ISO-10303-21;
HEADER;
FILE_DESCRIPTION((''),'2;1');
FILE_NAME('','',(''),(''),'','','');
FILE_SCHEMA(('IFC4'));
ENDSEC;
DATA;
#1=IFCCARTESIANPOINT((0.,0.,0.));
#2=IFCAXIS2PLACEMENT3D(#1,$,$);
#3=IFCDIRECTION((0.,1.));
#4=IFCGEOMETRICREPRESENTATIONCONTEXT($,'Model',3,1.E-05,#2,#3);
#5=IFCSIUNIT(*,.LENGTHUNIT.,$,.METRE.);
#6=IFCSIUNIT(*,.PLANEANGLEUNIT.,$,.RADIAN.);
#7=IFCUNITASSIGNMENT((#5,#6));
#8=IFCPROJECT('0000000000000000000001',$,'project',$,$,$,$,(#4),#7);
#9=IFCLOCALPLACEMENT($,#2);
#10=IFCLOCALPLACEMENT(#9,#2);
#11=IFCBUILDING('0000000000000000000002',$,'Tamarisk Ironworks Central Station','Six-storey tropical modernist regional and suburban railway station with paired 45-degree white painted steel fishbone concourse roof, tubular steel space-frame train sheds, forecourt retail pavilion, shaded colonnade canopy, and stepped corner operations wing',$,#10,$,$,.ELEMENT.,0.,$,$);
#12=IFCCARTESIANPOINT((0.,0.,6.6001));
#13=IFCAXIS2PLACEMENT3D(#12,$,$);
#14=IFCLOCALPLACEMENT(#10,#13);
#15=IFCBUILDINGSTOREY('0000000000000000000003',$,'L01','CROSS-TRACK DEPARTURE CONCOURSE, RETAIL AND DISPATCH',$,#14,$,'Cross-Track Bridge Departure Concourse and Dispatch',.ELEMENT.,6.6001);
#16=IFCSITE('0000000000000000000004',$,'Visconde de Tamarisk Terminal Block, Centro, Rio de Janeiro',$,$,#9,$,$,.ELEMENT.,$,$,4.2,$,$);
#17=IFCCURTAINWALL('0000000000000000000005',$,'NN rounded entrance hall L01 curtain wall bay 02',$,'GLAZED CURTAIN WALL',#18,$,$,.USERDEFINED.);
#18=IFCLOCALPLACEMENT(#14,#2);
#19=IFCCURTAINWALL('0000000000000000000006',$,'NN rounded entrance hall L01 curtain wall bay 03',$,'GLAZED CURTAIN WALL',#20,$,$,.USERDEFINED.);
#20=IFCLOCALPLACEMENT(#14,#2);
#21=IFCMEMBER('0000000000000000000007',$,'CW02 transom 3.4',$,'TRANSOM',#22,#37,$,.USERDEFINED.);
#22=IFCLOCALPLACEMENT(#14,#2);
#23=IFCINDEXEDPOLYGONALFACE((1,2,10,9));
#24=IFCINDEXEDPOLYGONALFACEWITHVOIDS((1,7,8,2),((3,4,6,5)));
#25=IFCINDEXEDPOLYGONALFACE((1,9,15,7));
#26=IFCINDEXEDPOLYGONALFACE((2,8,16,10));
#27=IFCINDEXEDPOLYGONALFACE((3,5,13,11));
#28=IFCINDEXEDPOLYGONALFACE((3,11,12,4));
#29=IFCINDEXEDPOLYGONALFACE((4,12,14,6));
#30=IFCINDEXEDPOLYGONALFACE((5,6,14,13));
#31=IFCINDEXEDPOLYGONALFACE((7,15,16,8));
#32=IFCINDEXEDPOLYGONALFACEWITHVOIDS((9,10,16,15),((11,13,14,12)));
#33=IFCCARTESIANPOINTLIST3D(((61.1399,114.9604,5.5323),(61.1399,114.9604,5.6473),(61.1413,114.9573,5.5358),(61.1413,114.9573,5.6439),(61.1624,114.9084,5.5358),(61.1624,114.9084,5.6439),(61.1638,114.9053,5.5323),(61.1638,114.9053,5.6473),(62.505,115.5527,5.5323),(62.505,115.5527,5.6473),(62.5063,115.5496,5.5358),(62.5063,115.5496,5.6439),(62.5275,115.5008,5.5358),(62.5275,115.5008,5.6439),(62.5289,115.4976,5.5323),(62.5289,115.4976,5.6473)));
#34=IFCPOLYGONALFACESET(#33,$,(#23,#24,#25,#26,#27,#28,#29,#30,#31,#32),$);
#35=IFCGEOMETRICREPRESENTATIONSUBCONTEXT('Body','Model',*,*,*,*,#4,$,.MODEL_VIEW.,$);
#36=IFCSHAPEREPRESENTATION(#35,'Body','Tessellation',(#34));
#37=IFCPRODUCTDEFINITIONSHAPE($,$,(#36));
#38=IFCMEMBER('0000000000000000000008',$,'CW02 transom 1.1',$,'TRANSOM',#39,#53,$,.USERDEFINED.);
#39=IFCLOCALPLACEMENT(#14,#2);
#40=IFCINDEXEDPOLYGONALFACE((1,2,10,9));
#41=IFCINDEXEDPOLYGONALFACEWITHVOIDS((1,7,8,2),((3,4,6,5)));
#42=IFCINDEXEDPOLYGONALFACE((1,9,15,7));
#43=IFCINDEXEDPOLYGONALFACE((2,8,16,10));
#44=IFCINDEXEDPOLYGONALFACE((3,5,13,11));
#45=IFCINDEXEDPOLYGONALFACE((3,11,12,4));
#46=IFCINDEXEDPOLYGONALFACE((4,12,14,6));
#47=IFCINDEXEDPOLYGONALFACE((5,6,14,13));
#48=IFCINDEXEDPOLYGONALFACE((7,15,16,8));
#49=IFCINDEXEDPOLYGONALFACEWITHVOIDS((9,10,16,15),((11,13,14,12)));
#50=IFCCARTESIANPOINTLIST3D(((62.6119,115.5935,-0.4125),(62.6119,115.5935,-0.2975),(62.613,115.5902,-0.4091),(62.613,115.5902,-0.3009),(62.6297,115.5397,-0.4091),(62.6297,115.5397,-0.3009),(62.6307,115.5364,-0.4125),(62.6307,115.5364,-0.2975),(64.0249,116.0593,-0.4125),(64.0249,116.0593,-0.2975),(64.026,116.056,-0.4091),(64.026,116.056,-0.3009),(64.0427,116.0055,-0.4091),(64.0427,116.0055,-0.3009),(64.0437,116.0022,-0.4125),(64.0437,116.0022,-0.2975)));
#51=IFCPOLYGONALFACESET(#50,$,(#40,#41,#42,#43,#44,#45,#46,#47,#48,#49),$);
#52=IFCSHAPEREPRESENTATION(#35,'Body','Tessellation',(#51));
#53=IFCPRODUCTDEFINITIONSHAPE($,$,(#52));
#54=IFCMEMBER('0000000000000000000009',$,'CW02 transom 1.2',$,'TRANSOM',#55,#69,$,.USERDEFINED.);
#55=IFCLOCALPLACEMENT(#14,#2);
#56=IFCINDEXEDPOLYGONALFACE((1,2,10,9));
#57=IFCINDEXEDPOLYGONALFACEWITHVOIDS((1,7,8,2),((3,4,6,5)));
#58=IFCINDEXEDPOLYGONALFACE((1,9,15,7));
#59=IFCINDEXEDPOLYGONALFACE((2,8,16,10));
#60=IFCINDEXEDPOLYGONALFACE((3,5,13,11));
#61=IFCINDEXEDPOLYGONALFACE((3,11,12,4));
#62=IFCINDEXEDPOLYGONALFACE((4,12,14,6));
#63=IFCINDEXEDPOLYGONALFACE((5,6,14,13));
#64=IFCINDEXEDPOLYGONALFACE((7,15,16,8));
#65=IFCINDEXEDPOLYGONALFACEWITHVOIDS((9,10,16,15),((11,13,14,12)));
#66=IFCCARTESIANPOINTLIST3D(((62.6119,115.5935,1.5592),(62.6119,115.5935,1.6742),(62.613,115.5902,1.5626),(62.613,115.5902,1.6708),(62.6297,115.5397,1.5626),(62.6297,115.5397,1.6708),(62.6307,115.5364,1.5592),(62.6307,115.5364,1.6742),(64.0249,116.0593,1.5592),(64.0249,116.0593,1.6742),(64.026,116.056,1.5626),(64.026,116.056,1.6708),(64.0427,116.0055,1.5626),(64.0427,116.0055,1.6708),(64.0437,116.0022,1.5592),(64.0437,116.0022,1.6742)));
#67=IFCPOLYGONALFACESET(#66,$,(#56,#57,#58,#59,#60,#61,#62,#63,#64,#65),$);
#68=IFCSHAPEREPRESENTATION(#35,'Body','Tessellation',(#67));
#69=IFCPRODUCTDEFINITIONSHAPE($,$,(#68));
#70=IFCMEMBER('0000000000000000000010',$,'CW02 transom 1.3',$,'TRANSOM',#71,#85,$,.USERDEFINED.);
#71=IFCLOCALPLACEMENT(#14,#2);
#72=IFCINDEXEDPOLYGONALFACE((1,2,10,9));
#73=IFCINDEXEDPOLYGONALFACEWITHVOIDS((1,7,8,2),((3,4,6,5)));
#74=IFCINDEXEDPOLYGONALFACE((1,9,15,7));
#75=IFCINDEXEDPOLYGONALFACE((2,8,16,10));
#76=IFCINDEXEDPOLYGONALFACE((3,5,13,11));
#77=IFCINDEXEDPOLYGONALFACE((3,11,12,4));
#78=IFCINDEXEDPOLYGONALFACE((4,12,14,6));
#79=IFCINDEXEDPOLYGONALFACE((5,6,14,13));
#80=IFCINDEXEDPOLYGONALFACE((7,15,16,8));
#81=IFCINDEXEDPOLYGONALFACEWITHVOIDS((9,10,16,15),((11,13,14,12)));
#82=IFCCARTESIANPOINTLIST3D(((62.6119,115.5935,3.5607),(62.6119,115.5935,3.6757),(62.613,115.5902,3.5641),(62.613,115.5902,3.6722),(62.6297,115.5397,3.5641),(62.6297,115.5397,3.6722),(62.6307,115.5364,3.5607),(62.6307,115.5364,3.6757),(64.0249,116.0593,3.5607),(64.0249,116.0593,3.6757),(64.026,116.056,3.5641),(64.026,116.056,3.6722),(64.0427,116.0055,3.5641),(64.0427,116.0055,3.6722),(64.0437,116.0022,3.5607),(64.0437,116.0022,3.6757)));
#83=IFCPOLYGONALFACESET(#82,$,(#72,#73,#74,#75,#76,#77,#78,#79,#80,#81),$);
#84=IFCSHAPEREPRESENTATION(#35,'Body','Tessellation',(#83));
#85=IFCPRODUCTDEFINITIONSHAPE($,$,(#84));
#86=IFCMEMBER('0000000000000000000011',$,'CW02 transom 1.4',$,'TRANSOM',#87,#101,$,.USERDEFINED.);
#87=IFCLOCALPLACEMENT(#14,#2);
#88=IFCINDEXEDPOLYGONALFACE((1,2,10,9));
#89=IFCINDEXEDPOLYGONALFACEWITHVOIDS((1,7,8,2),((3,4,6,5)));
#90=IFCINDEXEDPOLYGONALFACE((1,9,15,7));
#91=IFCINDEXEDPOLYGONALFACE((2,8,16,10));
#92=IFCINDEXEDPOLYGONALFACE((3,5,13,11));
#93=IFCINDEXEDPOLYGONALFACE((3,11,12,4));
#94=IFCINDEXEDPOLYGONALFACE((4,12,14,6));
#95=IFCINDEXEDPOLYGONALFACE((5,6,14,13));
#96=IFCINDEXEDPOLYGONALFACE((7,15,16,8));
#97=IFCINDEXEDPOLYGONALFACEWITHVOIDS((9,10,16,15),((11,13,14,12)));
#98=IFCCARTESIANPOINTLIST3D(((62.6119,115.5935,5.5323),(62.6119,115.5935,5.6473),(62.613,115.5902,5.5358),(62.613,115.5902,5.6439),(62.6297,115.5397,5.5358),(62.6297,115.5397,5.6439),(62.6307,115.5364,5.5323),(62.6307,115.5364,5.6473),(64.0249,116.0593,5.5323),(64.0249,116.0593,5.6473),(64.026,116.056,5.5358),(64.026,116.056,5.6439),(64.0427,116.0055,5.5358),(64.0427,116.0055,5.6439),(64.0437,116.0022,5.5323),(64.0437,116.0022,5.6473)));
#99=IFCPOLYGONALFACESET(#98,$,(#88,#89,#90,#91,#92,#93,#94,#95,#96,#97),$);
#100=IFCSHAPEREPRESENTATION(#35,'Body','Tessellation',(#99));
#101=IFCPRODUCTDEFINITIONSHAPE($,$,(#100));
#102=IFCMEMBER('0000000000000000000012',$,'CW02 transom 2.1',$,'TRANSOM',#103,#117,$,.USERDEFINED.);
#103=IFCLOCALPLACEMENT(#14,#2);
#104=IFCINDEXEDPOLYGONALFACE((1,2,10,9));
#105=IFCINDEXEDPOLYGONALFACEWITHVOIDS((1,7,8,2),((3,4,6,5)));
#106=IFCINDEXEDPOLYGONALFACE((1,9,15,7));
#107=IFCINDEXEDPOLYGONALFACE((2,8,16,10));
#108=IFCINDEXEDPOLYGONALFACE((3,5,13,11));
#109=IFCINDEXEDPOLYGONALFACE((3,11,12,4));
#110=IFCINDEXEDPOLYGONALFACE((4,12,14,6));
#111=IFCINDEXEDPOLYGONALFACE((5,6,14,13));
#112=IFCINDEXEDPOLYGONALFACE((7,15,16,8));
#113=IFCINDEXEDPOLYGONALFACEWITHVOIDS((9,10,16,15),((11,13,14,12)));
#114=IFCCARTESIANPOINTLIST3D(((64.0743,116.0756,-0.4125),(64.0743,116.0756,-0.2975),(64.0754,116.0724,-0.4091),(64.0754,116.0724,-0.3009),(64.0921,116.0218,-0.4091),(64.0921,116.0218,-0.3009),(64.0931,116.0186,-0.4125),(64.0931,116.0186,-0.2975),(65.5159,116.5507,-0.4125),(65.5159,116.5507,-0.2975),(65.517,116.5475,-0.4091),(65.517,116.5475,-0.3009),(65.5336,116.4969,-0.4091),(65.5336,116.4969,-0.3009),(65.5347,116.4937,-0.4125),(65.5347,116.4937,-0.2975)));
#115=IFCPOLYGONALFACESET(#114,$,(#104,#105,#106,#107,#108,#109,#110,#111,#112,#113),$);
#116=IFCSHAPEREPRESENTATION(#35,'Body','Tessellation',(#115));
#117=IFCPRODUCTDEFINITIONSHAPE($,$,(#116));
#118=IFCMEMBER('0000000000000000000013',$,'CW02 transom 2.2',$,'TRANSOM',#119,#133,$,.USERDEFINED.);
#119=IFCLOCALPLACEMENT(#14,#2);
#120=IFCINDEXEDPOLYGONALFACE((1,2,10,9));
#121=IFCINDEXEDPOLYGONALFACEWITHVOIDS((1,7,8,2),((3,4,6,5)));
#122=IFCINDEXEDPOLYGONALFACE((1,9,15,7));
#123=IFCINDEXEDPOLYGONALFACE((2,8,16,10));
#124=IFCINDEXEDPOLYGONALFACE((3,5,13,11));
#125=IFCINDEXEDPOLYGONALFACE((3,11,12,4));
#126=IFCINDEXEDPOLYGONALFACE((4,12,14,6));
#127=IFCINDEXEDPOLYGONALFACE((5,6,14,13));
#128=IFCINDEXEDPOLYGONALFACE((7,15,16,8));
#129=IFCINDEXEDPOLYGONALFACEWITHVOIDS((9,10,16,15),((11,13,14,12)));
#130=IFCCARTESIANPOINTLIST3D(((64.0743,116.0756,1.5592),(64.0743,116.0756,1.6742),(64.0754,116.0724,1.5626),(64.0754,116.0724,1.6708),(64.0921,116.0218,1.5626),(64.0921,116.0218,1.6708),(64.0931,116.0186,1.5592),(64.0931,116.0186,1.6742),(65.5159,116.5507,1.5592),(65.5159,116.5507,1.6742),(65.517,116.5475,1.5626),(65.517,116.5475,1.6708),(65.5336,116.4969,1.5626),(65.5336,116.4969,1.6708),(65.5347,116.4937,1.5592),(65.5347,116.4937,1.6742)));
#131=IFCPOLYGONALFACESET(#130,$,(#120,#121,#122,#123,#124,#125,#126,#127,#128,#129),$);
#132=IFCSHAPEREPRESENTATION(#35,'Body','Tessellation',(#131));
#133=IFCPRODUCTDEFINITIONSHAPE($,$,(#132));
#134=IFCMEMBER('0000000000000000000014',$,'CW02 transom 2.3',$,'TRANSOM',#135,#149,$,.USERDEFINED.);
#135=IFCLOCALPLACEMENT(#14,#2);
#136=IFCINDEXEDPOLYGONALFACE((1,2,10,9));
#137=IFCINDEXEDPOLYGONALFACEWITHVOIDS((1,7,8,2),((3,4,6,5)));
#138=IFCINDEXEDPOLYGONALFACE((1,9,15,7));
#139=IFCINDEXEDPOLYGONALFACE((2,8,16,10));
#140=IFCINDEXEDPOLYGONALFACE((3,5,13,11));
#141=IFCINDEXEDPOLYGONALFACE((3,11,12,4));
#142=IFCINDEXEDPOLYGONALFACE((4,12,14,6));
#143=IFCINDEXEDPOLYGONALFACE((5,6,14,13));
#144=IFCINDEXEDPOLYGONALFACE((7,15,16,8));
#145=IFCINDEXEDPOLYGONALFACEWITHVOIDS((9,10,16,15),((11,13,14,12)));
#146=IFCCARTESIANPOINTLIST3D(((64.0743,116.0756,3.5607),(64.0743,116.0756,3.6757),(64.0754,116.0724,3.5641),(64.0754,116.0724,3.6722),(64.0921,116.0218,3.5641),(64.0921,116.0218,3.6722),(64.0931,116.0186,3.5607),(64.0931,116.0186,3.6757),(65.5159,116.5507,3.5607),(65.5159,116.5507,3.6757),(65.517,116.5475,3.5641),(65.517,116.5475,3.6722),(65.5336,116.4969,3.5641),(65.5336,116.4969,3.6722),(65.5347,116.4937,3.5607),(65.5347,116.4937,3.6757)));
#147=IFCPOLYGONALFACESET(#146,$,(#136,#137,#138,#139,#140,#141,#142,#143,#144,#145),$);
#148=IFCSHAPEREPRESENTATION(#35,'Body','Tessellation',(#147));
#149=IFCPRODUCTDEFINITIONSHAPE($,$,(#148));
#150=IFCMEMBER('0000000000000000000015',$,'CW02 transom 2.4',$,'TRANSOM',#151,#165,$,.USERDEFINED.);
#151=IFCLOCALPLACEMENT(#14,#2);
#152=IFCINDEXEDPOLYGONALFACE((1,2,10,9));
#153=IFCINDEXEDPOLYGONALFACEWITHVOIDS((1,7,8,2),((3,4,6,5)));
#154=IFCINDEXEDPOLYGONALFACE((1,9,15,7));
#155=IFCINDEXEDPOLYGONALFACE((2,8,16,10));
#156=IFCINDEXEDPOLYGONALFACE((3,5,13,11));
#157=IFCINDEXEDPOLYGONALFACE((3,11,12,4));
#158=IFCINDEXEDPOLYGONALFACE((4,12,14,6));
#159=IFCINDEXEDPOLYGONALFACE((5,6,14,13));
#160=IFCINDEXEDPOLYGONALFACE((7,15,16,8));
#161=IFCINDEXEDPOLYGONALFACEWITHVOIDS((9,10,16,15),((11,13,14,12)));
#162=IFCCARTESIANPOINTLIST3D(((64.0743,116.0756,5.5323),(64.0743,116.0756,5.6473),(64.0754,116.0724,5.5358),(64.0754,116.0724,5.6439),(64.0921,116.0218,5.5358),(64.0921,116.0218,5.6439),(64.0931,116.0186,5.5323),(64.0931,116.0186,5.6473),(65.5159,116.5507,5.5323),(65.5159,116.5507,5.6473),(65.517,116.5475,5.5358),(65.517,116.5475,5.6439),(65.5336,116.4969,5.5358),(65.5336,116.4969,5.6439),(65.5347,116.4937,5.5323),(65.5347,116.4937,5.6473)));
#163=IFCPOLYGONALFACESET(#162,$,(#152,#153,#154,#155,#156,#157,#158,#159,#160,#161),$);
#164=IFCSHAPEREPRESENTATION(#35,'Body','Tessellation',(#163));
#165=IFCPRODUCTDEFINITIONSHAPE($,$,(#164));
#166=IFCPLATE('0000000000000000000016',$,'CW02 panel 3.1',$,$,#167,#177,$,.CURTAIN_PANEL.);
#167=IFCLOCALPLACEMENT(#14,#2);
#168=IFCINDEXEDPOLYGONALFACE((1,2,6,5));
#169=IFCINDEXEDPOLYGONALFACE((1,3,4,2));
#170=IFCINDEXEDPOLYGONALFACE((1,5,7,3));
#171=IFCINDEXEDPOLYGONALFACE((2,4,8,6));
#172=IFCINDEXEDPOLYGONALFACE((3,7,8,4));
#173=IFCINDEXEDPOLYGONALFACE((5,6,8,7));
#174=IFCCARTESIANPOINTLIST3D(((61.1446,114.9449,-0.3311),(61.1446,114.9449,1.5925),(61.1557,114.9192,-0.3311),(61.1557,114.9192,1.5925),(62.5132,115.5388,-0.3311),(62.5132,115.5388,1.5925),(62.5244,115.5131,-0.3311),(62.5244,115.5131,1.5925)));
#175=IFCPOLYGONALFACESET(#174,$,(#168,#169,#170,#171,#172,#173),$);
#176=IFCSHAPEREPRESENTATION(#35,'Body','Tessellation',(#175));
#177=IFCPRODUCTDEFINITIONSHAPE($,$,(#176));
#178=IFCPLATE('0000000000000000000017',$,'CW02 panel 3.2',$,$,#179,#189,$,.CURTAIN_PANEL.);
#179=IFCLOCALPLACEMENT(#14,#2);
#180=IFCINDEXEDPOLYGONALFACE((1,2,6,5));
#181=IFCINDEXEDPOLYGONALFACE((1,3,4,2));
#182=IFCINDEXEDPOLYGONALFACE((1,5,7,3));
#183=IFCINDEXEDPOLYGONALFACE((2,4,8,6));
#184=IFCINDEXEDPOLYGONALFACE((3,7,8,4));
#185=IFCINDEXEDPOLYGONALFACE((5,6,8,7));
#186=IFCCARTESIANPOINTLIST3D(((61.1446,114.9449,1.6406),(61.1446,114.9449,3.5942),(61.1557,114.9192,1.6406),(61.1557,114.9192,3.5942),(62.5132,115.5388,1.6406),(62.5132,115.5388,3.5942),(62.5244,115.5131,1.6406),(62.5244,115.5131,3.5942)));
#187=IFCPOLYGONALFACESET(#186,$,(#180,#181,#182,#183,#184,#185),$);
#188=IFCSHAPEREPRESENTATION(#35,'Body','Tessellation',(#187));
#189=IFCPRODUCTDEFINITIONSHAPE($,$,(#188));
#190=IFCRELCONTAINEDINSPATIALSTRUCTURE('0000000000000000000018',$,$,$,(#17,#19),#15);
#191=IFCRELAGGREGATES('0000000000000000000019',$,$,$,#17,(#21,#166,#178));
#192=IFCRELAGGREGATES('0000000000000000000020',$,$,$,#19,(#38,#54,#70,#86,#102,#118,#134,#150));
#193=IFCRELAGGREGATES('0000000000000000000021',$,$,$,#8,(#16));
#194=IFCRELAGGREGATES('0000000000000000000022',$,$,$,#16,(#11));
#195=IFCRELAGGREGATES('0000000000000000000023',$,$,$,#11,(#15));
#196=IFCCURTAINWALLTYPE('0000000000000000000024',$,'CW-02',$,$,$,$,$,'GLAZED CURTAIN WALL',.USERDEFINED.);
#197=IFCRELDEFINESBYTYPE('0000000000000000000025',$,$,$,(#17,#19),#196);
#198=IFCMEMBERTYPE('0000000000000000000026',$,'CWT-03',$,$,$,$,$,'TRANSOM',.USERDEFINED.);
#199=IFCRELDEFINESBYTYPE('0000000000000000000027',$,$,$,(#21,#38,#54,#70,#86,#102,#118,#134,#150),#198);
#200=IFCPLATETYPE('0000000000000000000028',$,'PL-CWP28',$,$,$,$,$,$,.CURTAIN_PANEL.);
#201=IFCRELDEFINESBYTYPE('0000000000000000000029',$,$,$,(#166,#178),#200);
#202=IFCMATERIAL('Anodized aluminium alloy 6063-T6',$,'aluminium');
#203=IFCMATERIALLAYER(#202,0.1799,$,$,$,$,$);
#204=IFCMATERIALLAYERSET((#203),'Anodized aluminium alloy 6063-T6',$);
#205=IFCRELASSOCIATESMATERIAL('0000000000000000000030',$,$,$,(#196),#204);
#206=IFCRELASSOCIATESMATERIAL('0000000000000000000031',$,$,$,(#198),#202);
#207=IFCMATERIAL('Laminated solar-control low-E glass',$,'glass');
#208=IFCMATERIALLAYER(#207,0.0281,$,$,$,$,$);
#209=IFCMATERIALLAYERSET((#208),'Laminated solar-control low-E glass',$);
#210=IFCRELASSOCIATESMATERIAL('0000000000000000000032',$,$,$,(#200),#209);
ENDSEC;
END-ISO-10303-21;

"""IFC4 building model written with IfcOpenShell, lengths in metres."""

from ifc_helpers import new_model, si_unit, direction, frame, origin, origin_2d, place, context, subcontext, project, spatial, rectangle, hollow_rectangle, extrude, material, layer, layer_set, material_profile, profile_set, type_object, element, aggregate, save


model = new_model("IFC4")

# Units and contexts
model_context = context("Model", 3, precision=1e-05, world=origin(), true_north=direction((0.0, 1.0)))
body_context = subcontext(model_context, "Body", "Model", "MODEL_VIEW")
ifc_project = project(units=[si_unit("LENGTHUNIT", "METRE"), si_unit("PLANEANGLEUNIT", "RADIAN")], contexts=[model_context])

# Site, building, storey
site_placement = place(None, origin())
site = spatial("IfcSite", under=ifc_project, at=site_placement, Name="Visconde de Tamarisk Terminal Block, Centro, Rio de Janeiro", CompositionType="ELEMENT", RefElevation=4.2)
building_placement = place(site_placement, origin())
building = spatial("IfcBuilding", under=site, at=building_placement, Name="Tamarisk Ironworks Central Station", Description="Six-storey tropical modernist regional and suburban railway station with paired 45-degree white painted steel fishbone concourse roof, tubular steel space-frame train sheds, forecourt retail pavilion, shaded colonnade canopy, and stepped corner operations wing", CompositionType="ELEMENT", ElevationOfRefHeight=0.0)
storey_placement = place(building_placement, frame((0.0, 0.0, 6.6001)))
storey = spatial("IfcBuildingStorey", under=building, at=storey_placement, Name="L01", Description="CROSS-TRACK DEPARTURE CONCOURSE, RETAIL AND DISPATCH", LongName="Cross-Track Bridge Departure Concourse and Dispatch", CompositionType="ELEMENT", Elevation=6.6001)

# Curtain wall
ifc_material_1 = material(Name="Anodized aluminium alloy 6063-T6", Category="aluminium")
ifc_layer_1 = layer(ifc_material_1, 0.1799)
ifc_layer_set_1 = layer_set([ifc_layer_1], Name="Anodized aluminium alloy 6063-T6")
curtain_wall_type = type_object("IfcCurtainWallType", Name="CW-02", ElementType="GLAZED CURTAIN WALL", PredefinedType="USERDEFINED", material=ifc_layer_set_1)
curtain_wall_1_placement = place(storey_placement, origin())
curtain_wall_1 = element("IfcCurtainWall", 1, at=curtain_wall_1_placement, inside=storey, type_object=curtain_wall_type, Name="NN rounded entrance hall L01 curtain wall bay 02", ObjectType="GLAZED CURTAIN WALL", PredefinedType="USERDEFINED")

# Curtain wall
curtain_wall_2_placement = place(storey_placement, origin())
curtain_wall_2 = element("IfcCurtainWall", 2, at=curtain_wall_2_placement, inside=storey, type_object=curtain_wall_type, Name="NN rounded entrance hall L01 curtain wall bay 03", ObjectType="GLAZED CURTAIN WALL", PredefinedType="USERDEFINED")

# Members
ifc_material_profile_1 = material_profile(ifc_material_1, hollow_rectangle(XDim=0.0601, YDim=0.115, WallThickness=0.0034, at=origin_2d()), Name="ALUM 115x60")
ifc_profile_set_1 = profile_set([ifc_material_profile_1], Name="Anodized aluminium alloy 6063-T6")
member_type_1 = type_object("IfcMemberType", Name="CWT-03", ElementType="TRANSOM", PredefinedType="USERDEFINED", material=ifc_profile_set_1)
member_1_placement = place(storey_placement, frame((61.1519, 114.9329, 5.5898), z_axis=(0.917362, 0.398054, 0.0), x_axis=(-0.398054, 0.917362, 0.0)))
member_1 = element("IfcMember", 3, at=member_1_placement, type_object=member_type_1, Name="CW02 transom 3.4", ObjectType="TRANSOM", PredefinedType="USERDEFINED", context=body_context, shape_type="SweptSolid", body=[
    extrude(hollow_rectangle(XDim=0.0601, YDim=0.115, WallThickness=0.0034, at=origin_2d()), origin(), (0.0, 0.0, 1.0), 1.488),
])
member_2_placement = place(storey_placement, frame((62.6213, 115.5649, -0.355), z_axis=(0.949728, 0.313076, 0.0), x_axis=(-0.313076, 0.949728, 0.0)))
member_2 = element("IfcMember", 4, at=member_2_placement, type_object=member_type_1, Name="CW02 transom 1.1", ObjectType="TRANSOM", PredefinedType="USERDEFINED", context=body_context, shape_type="SweptSolid", body=[
    extrude(hollow_rectangle(XDim=0.0601, YDim=0.115, WallThickness=0.0034, at=origin_2d()), origin(), (0.0, 0.0, 1.0), 1.4878),
])
member_3_placement = place(storey_placement, frame((62.6213, 115.5649, 1.6167), z_axis=(0.949728, 0.313076, 0.0), x_axis=(-0.313076, 0.949728, 0.0)))
member_3 = element("IfcMember", 5, at=member_3_placement, type_object=member_type_1, Name="CW02 transom 1.2", ObjectType="TRANSOM", PredefinedType="USERDEFINED", context=body_context, shape_type="SweptSolid", body=[
    extrude(hollow_rectangle(XDim=0.0601, YDim=0.115, WallThickness=0.0034, at=origin_2d()), origin(), (0.0, 0.0, 1.0), 1.4878),
])
member_4_placement = place(storey_placement, frame((62.6213, 115.5649, 3.6182), z_axis=(0.949728, 0.313076, 0.0), x_axis=(-0.313076, 0.949728, 0.0)))
member_4 = element("IfcMember", 6, at=member_4_placement, type_object=member_type_1, Name="CW02 transom 1.3", ObjectType="TRANSOM", PredefinedType="USERDEFINED", context=body_context, shape_type="SweptSolid", body=[
    extrude(hollow_rectangle(XDim=0.0601, YDim=0.115, WallThickness=0.0034, at=origin_2d()), origin(), (0.0, 0.0, 1.0), 1.4878),
])
member_5_placement = place(storey_placement, frame((62.6213, 115.5649, 5.5898), z_axis=(0.949728, 0.313076, 0.0), x_axis=(-0.313076, 0.949728, 0.0)))
member_5 = element("IfcMember", 7, at=member_5_placement, type_object=member_type_1, Name="CW02 transom 1.4", ObjectType="TRANSOM", PredefinedType="USERDEFINED", context=body_context, shape_type="SweptSolid", body=[
    extrude(hollow_rectangle(XDim=0.0601, YDim=0.115, WallThickness=0.0034, at=origin_2d()), origin(), (0.0, 0.0, 1.0), 1.4878),
])
member_6_placement = place(storey_placement, frame((64.0837, 116.0471, -0.355), z_axis=(0.949755, 0.312993, 0.0), x_axis=(-0.312993, 0.949755, 0.0)))
member_6 = element("IfcMember", 8, at=member_6_placement, type_object=member_type_1, Name="CW02 transom 2.1", ObjectType="TRANSOM", PredefinedType="USERDEFINED", context=body_context, shape_type="SweptSolid", body=[
    extrude(hollow_rectangle(XDim=0.0601, YDim=0.115, WallThickness=0.0034, at=origin_2d()), origin(), (0.0, 0.0, 1.0), 1.5178),
])
member_7_placement = place(storey_placement, frame((64.0837, 116.0471, 1.6167), z_axis=(0.949755, 0.312993, 0.0), x_axis=(-0.312993, 0.949755, 0.0)))
member_7 = element("IfcMember", 9, at=member_7_placement, type_object=member_type_1, Name="CW02 transom 2.2", ObjectType="TRANSOM", PredefinedType="USERDEFINED", context=body_context, shape_type="SweptSolid", body=[
    extrude(hollow_rectangle(XDim=0.0601, YDim=0.115, WallThickness=0.0034, at=origin_2d()), origin(), (0.0, 0.0, 1.0), 1.5178),
])
member_8_placement = place(storey_placement, frame((64.0837, 116.0471, 3.6182), z_axis=(0.949755, 0.312993, 0.0), x_axis=(-0.312993, 0.949755, 0.0)))
member_8 = element("IfcMember", 10, at=member_8_placement, type_object=member_type_1, Name="CW02 transom 2.3", ObjectType="TRANSOM", PredefinedType="USERDEFINED", context=body_context, shape_type="SweptSolid", body=[
    extrude(hollow_rectangle(XDim=0.0601, YDim=0.115, WallThickness=0.0034, at=origin_2d()), origin(), (0.0, 0.0, 1.0), 1.5178),
])
member_9_placement = place(storey_placement, frame((64.0837, 116.0471, 5.5898), z_axis=(0.949755, 0.312993, 0.0), x_axis=(-0.312993, 0.949755, 0.0)))
member_9 = element("IfcMember", 11, at=member_9_placement, type_object=member_type_1, Name="CW02 transom 2.4", ObjectType="TRANSOM", PredefinedType="USERDEFINED", context=body_context, shape_type="SweptSolid", body=[
    extrude(hollow_rectangle(XDim=0.0601, YDim=0.115, WallThickness=0.0034, at=origin_2d()), origin(), (0.0, 0.0, 1.0), 1.5178),
])

# Plates
ifc_material_2 = material(Name="Laminated solar-control low-E glass", Category="glass")
ifc_layer_2 = layer(ifc_material_2, 0.0281)
ifc_layer_set_2 = layer_set([ifc_layer_2], Name="Laminated solar-control low-E glass")
plate_type = type_object("IfcPlateType", Name="PL-CWP28", PredefinedType="CURTAIN_PANEL", material=ifc_layer_set_2)
plate_1_placement = place(storey_placement, frame((61.8345, 115.229, -0.3311), z_axis=(0.0, 0.0, 1.0), x_axis=(0.917352, 0.398077, 0.0)))
plate_1 = element("IfcPlate", 12, at=plate_1_placement, type_object=plate_type, Name="CW02 panel 3.1", PredefinedType="CURTAIN_PANEL", context=body_context, shape_type="SweptSolid", body=[
    extrude(rectangle(XDim=1.4919, YDim=0.0281, at=origin_2d()), origin(), (0.0, 0.0, 1.0), 1.9236),
])
plate_2_placement = place(storey_placement, frame((61.8345, 115.229, 1.6406), z_axis=(0.0, 0.0, 1.0), x_axis=(0.917352, 0.398077, 0.0)))
plate_2 = element("IfcPlate", 13, at=plate_2_placement, type_object=plate_type, Name="CW02 panel 3.2", PredefinedType="CURTAIN_PANEL", context=body_context, shape_type="SweptSolid", body=[
    extrude(rectangle(XDim=1.4919, YDim=0.0281, at=origin_2d()), origin(), (0.0, 0.0, 1.0), 1.9536),
])
aggregate(curtain_wall_1, [member_1, plate_1, plate_2])
aggregate(curtain_wall_2, [member_2, member_3, member_4, member_5, member_6, member_7, member_8, member_9])

save(model, "model.ifc")
